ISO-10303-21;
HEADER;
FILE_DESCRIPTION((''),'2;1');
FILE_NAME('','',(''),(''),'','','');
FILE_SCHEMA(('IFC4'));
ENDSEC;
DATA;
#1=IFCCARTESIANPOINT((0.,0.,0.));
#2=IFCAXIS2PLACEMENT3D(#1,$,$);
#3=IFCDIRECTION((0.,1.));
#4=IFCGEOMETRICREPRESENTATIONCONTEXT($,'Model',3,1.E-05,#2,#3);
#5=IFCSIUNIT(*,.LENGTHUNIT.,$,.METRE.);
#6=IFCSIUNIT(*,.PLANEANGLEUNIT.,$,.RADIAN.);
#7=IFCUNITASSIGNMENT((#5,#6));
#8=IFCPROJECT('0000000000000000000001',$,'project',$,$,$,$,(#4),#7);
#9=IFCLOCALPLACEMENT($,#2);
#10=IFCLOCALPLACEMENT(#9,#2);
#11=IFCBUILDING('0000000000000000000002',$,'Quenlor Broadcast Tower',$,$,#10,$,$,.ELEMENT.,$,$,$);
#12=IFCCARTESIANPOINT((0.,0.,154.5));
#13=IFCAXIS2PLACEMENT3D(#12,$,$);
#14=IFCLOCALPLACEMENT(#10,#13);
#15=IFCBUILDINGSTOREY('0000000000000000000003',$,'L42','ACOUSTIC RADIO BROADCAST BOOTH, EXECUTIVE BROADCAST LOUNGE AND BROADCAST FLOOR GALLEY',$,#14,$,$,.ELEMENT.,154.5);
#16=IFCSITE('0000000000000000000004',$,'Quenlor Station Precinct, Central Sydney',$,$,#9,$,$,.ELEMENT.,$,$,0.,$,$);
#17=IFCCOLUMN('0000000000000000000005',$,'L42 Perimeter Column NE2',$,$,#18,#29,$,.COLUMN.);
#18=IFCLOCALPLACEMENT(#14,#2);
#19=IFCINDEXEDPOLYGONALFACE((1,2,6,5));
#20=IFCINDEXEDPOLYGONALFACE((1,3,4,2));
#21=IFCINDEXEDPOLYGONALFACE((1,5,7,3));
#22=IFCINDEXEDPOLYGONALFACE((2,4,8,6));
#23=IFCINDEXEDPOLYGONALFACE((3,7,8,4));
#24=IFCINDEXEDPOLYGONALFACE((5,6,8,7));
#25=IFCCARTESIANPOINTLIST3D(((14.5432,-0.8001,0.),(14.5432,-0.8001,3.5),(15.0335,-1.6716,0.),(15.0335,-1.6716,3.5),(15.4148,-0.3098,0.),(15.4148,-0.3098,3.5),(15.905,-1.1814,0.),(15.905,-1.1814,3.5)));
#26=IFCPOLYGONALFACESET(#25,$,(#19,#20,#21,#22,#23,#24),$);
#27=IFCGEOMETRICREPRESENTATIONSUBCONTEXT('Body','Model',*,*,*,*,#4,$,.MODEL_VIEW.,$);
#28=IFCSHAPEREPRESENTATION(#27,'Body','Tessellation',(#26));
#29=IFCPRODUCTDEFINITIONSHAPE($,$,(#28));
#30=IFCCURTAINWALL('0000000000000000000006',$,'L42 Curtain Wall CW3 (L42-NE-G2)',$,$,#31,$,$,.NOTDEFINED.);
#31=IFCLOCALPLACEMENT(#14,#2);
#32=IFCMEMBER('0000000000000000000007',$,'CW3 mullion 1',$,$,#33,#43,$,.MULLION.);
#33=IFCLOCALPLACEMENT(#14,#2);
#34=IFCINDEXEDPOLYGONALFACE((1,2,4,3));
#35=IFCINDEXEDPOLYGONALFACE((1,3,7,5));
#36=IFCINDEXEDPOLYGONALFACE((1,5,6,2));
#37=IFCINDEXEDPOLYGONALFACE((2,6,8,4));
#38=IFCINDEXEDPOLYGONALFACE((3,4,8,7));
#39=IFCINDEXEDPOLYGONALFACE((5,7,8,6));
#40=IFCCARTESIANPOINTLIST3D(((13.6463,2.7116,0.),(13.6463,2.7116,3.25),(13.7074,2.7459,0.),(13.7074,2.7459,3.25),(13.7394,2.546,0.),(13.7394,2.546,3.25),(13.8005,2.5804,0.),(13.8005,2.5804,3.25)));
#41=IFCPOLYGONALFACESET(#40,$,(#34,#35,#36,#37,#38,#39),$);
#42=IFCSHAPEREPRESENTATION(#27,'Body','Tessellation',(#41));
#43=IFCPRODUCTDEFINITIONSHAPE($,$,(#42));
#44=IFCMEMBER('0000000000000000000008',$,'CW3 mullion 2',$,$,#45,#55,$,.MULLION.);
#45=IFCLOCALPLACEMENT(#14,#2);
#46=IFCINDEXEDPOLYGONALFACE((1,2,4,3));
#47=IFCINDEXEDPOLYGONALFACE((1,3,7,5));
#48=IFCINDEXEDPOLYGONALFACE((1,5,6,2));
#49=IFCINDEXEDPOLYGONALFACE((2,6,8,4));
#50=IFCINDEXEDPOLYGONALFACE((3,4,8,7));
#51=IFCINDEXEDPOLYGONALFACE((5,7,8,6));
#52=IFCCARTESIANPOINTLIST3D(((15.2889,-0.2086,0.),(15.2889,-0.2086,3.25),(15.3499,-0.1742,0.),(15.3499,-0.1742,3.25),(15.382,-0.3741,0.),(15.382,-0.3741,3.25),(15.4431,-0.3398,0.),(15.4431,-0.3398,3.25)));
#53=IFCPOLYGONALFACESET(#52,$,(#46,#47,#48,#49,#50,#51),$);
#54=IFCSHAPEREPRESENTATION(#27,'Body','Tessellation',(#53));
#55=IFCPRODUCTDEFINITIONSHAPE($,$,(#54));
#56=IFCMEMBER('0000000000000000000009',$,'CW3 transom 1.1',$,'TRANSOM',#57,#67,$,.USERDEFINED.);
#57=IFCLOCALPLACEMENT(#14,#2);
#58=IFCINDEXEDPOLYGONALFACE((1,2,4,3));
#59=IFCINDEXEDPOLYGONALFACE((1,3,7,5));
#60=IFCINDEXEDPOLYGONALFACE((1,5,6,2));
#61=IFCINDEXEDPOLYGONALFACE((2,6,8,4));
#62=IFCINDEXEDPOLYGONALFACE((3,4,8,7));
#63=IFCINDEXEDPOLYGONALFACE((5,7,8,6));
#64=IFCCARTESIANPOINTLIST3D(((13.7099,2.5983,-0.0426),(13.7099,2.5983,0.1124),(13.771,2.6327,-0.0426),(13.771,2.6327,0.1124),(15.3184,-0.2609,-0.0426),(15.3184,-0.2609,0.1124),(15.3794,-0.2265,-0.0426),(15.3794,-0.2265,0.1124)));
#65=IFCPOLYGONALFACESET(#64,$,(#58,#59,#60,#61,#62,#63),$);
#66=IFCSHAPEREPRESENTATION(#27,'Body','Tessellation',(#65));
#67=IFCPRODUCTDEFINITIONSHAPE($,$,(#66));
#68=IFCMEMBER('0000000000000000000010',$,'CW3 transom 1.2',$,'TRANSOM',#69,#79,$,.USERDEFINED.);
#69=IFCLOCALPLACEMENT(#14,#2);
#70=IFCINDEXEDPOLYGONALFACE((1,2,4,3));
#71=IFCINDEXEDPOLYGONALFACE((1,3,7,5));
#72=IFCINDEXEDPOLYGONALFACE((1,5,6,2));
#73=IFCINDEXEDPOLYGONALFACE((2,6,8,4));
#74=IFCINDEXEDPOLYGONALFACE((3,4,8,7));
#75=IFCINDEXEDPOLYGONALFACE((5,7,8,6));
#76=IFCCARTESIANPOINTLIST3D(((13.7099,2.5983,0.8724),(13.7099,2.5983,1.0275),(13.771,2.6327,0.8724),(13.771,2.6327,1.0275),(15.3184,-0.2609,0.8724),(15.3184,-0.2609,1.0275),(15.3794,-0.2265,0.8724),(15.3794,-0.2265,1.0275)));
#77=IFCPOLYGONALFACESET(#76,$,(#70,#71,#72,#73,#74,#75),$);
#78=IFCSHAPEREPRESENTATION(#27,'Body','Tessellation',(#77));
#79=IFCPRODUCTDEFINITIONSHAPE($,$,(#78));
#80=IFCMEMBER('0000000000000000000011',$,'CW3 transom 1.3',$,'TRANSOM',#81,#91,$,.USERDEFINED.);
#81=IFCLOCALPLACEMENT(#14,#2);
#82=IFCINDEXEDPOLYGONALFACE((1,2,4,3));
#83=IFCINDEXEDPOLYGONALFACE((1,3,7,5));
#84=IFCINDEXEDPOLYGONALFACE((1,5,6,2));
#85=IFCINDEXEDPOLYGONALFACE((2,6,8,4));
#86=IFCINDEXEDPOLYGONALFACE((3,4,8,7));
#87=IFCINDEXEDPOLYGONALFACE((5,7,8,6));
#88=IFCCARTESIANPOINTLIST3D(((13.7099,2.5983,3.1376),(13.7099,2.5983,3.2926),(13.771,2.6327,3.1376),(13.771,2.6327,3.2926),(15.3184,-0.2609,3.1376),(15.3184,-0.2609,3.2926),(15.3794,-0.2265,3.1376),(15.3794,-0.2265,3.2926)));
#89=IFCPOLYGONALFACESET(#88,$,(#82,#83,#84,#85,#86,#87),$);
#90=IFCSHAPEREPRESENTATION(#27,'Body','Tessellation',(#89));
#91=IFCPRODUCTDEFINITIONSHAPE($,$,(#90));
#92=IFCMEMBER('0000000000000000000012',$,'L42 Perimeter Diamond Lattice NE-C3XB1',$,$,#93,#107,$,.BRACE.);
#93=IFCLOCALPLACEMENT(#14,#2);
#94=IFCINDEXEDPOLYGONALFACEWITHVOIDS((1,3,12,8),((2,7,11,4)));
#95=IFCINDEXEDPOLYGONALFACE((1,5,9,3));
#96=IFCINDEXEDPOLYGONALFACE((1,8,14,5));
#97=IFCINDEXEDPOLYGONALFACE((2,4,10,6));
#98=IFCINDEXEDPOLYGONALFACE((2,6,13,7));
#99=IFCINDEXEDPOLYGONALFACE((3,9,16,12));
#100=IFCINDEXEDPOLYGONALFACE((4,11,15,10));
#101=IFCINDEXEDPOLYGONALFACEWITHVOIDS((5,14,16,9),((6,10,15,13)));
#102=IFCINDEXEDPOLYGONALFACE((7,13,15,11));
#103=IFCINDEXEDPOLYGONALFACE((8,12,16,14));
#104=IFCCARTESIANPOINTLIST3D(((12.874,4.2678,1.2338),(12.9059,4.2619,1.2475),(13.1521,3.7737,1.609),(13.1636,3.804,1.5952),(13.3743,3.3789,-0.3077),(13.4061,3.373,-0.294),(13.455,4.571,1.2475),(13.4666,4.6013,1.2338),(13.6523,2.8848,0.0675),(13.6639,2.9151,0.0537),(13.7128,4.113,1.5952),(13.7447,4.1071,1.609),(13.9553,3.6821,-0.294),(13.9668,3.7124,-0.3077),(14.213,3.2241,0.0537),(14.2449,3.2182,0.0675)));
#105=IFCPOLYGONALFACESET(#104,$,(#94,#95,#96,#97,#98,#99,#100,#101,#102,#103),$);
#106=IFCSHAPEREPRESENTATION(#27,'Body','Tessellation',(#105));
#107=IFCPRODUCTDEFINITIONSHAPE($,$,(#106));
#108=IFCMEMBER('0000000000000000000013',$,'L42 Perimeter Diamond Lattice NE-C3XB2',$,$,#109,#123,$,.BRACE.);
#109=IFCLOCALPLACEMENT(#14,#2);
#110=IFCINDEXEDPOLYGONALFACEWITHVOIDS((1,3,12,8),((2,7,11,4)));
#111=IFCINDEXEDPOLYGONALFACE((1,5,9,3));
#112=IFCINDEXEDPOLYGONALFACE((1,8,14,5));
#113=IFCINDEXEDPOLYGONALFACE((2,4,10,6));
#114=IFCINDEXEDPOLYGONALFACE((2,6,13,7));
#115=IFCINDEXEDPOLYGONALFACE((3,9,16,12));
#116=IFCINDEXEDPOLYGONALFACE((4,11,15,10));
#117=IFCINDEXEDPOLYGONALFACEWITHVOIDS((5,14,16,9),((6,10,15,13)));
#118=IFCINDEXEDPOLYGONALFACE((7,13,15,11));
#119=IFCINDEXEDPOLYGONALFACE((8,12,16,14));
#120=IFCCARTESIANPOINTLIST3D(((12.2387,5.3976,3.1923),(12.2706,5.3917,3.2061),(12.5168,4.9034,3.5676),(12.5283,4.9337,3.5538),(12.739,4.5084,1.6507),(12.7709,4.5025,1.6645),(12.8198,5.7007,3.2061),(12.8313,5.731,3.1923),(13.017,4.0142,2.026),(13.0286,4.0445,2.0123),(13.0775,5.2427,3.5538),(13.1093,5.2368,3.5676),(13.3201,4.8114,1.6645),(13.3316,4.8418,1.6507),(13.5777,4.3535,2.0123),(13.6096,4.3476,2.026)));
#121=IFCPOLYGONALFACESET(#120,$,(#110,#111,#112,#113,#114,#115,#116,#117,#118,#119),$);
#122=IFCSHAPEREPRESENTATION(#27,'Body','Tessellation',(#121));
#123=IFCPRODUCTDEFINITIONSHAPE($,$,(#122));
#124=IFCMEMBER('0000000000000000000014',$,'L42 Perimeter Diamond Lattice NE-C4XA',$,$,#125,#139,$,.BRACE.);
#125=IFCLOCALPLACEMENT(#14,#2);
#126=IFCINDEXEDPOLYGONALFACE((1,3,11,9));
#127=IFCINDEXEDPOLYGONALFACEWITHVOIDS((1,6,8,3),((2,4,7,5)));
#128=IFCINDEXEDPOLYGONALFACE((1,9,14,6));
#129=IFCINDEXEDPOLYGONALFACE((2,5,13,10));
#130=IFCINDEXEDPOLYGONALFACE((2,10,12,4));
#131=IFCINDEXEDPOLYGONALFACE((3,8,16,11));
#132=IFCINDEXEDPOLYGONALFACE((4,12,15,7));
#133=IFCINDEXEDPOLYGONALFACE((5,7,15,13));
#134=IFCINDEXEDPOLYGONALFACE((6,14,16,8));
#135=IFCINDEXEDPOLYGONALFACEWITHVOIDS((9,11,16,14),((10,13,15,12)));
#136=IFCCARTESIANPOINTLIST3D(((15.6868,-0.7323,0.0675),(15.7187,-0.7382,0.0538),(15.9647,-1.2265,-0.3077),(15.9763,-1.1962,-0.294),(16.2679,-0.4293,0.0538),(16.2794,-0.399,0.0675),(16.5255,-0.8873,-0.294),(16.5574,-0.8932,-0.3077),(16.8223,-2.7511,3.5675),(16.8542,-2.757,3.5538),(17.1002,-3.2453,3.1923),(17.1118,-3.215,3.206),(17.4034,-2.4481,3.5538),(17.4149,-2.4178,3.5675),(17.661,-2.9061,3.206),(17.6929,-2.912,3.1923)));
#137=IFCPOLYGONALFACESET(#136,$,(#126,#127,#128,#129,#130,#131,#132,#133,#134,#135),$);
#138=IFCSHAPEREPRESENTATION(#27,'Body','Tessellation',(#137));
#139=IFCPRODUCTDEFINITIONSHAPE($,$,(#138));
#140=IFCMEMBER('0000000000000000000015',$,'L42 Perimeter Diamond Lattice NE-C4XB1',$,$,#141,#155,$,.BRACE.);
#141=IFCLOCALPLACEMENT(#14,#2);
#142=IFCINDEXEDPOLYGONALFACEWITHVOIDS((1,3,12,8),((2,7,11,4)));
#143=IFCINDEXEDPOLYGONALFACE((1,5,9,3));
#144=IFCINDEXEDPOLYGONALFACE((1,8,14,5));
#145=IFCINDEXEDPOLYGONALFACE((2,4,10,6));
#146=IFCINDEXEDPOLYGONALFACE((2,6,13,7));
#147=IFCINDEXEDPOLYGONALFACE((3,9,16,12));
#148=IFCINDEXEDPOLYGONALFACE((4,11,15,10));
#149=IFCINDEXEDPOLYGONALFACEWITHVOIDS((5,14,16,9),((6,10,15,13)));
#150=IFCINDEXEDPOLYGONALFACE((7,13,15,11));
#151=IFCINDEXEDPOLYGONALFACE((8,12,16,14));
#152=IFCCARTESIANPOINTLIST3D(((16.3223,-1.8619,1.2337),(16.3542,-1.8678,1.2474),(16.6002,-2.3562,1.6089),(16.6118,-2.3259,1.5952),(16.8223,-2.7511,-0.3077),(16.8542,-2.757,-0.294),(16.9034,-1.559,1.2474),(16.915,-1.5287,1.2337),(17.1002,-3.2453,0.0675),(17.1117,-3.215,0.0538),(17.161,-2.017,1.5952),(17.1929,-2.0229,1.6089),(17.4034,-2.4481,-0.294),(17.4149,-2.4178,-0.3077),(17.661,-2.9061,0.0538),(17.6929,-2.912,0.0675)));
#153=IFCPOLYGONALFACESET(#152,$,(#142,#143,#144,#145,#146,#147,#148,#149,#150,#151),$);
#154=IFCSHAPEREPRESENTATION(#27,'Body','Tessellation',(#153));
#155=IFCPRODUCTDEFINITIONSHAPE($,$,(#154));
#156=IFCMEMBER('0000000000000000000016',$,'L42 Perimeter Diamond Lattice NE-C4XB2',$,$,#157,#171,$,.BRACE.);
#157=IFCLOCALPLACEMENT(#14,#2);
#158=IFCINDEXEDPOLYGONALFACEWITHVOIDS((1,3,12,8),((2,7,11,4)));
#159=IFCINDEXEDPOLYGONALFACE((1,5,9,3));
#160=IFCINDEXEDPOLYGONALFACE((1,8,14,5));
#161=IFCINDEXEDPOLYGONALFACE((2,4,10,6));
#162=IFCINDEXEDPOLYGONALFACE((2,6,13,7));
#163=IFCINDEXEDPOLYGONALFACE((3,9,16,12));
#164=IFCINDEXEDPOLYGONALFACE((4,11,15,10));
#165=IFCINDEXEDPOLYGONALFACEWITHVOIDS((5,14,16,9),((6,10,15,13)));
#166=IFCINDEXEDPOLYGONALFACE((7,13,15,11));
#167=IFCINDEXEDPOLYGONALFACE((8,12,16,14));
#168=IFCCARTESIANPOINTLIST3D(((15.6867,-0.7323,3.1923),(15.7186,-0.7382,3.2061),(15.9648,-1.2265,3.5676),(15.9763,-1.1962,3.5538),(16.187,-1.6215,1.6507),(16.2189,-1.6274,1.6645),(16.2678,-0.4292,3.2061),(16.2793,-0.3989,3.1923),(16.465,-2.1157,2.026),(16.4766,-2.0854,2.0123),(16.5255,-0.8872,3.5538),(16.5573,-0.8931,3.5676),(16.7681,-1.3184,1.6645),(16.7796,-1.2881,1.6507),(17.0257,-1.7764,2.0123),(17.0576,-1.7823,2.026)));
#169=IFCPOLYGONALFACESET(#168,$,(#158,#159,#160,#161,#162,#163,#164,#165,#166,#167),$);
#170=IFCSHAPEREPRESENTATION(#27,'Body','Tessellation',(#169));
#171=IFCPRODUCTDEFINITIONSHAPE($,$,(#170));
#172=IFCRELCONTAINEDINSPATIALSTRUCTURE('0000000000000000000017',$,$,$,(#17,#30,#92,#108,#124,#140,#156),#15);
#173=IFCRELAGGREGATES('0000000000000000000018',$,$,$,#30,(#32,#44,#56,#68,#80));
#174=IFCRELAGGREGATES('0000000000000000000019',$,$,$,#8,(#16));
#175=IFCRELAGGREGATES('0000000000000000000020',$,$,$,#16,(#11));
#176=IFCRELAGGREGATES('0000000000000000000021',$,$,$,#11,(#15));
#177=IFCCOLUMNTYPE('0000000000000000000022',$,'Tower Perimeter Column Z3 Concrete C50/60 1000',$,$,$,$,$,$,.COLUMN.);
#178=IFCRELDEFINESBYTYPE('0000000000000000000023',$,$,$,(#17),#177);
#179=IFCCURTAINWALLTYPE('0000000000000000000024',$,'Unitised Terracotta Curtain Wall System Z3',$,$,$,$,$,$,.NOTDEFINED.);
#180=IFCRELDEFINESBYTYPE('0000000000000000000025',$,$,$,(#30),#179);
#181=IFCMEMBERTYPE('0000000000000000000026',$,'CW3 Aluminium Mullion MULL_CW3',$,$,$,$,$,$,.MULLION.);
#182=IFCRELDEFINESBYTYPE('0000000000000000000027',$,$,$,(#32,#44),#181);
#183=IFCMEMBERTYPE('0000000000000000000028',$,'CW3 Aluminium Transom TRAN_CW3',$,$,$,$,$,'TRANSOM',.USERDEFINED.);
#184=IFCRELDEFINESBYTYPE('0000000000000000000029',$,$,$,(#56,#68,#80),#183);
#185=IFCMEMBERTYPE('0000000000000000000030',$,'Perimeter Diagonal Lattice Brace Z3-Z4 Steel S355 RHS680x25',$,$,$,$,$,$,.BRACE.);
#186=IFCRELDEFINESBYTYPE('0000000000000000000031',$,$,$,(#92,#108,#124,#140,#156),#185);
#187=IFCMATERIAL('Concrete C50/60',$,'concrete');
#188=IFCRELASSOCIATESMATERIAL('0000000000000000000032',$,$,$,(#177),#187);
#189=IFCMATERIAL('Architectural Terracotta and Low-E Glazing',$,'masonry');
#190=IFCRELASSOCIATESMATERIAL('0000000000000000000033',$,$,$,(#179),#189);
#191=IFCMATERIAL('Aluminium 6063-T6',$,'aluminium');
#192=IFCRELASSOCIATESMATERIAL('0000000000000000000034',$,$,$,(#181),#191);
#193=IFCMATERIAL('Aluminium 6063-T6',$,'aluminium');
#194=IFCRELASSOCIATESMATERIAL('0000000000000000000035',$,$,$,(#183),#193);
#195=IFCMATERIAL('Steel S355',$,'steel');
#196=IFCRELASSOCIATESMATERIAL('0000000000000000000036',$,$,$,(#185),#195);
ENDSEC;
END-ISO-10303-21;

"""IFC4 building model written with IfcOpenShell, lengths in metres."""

from ifc_helpers import new_model, si_unit, direction, frame, origin, origin_2d, place, context, subcontext, project, spatial, rectangle, hollow_rectangle, extrude, material, material_profile, profile_set, type_object, element, aggregate, save


model = new_model("IFC4")

# Units and contexts
model_context = context("Model", 3, precision=1e-05, world=origin(), true_north=direction((0.0, 1.0)))
body_context = subcontext(model_context, "Body", "Model", "MODEL_VIEW")
ifc_project = project(units=[si_unit("LENGTHUNIT", "METRE"), si_unit("PLANEANGLEUNIT", "RADIAN")], contexts=[model_context])

# Site, building, storey
site_placement = place(None, origin())
site = spatial("IfcSite", under=ifc_project, at=site_placement, Name="Quenlor Station Precinct, Central Sydney", CompositionType="ELEMENT", RefElevation=0.0)
building_placement = place(site_placement, origin())
building = spatial("IfcBuilding", under=site, at=building_placement, Name="Quenlor Broadcast Tower", CompositionType="ELEMENT")
storey_placement = place(building_placement, frame((0.0, 0.0, 154.5)))
storey = spatial("IfcBuildingStorey", under=building, at=storey_placement, Name="L42", Description="ACOUSTIC RADIO BROADCAST BOOTH, EXECUTIVE BROADCAST LOUNGE AND BROADCAST FLOOR GALLEY", CompositionType="ELEMENT", Elevation=154.5)

# Column
ifc_material_1 = material(Name="Concrete C50/60", Category="concrete")
ifc_material_profile_1 = material_profile(ifc_material_1, rectangle(XDim=1.0, YDim=1.0, at=origin_2d()))
ifc_profile_set_1 = profile_set([ifc_material_profile_1], Name="Concrete C50/60 RC1000x1000")
column_type = type_object("IfcColumnType", Name="Tower Perimeter Column Z3 Concrete C50/60 1000", PredefinedType="COLUMN", material=ifc_profile_set_1)
column_placement = place(storey_placement, frame((15.2241, -0.9907, 0.0), z_axis=(0.0, 0.0, 1.0), x_axis=(0.871575, 0.490262, 0.0)))
element("IfcColumn", 1, at=column_placement, inside=storey, type_object=column_type, Name="L42 Perimeter Column NE2", PredefinedType="COLUMN", context=body_context, shape_type="SweptSolid", body=[
    extrude(rectangle(XDim=1.0, YDim=1.0, at=origin_2d()), origin(), (0.0, 0.0, 1.0), 3.5),
])

# Curtain wall, members
ifc_material_2 = material(Name="Architectural Terracotta and Low-E Glazing", Category="masonry")
curtain_wall_type = type_object("IfcCurtainWallType", Name="Unitised Terracotta Curtain Wall System Z3", PredefinedType="NOTDEFINED", material=ifc_material_2)
curtain_wall_placement = place(storey_placement, origin())
curtain_wall = element("IfcCurtainWall", 2, at=curtain_wall_placement, inside=storey, type_object=curtain_wall_type, Name="L42 Curtain Wall CW3 (L42-NE-G2)", PredefinedType="NOTDEFINED")
ifc_material_3 = material(Name="Aluminium 6063-T6", Category="aluminium")
ifc_material_profile_2 = material_profile(ifc_material_3, rectangle(XDim=0.0701, YDim=0.1899, at=origin_2d()))
ifc_profile_set_2 = profile_set([ifc_material_profile_2], Name="Aluminium 6063-T6 MULL70x190")
member_type_1 = type_object("IfcMemberType", Name="CW3 Aluminium Mullion MULL_CW3", PredefinedType="MULLION", material=ifc_profile_set_2)
member_1_placement = place(storey_placement, frame((13.7234, 2.646, 0.0), z_axis=(0.0, 0.0, 1.0), x_axis=(0.871572, 0.490268, 0.0)))
member_1 = element("IfcMember", 3, at=member_1_placement, type_object=member_type_1, Name="CW3 mullion 1", PredefinedType="MULLION", context=body_context, shape_type="SweptSolid", body=[
    extrude(rectangle(XDim=0.0701, YDim=0.1899, at=origin_2d()), origin(), (0.0, 0.0, 1.0), 3.25),
])
member_2_placement = place(storey_placement, frame((15.366, -0.2742, 0.0), z_axis=(0.0, 0.0, 1.0), x_axis=(0.871572, 0.490268, 0.0)))
member_2 = element("IfcMember", 4, at=member_2_placement, type_object=member_type_1, Name="CW3 mullion 2", PredefinedType="MULLION", context=body_context, shape_type="SweptSolid", body=[
    extrude(rectangle(XDim=0.0701, YDim=0.1899, at=origin_2d()), origin(), (0.0, 0.0, 1.0), 3.25),
])
ifc_material_4 = material(Name="Aluminium 6063-T6", Category="aluminium")
ifc_material_profile_3 = material_profile(ifc_material_4, rectangle(XDim=0.0701, YDim=0.155, at=origin_2d()))
ifc_profile_set_3 = profile_set([ifc_material_profile_3], Name="Aluminium 6063-T6 TRAN70x155")
member_type_2 = type_object("IfcMemberType", Name="CW3 Aluminium Transom TRAN_CW3", ElementType="TRANSOM", PredefinedType="USERDEFINED", material=ifc_profile_set_3)
member_3_placement = place(storey_placement, frame((13.7405, 2.6155, 0.0349), z_axis=(0.490293, -0.871558, 0.0), x_axis=(0.871558, 0.490293, 0.0)))
member_3 = element("IfcMember", 5, at=member_3_placement, type_object=member_type_2, Name="CW3 transom 1.1", ObjectType="TRANSOM", PredefinedType="USERDEFINED", context=body_context, shape_type="SweptSolid", body=[
    extrude(rectangle(XDim=0.0701, YDim=0.155, at=origin_2d()), origin(), (0.0, 0.0, 1.0), 3.2805),
])
member_4_placement = place(storey_placement, frame((13.7405, 2.6155, 0.95), z_axis=(0.490293, -0.871558, 0.0), x_axis=(0.871558, 0.490293, 0.0)))
member_4 = element("IfcMember", 6, at=member_4_placement, type_object=member_type_2, Name="CW3 transom 1.2", ObjectType="TRANSOM", PredefinedType="USERDEFINED", context=body_context, shape_type="SweptSolid", body=[
    extrude(rectangle(XDim=0.0701, YDim=0.155, at=origin_2d()), origin(), (0.0, 0.0, 1.0), 3.2805),
])
member_5_placement = place(storey_placement, frame((13.7405, 2.6155, 3.2151), z_axis=(0.490293, -0.871558, 0.0), x_axis=(0.871558, 0.490293, 0.0)))
member_5 = element("IfcMember", 7, at=member_5_placement, type_object=member_type_2, Name="CW3 transom 1.3", ObjectType="TRANSOM", PredefinedType="USERDEFINED", context=body_context, shape_type="SweptSolid", body=[
    extrude(rectangle(XDim=0.0701, YDim=0.155, at=origin_2d()), origin(), (0.0, 0.0, 1.0), 3.2805),
])

# Members
ifc_material_5 = material(Name="Steel S355", Category="steel")
ifc_material_profile_4 = material_profile(ifc_material_5, hollow_rectangle(XDim=0.6799, YDim=0.6799, WallThickness=0.0249, at=origin_2d()))
ifc_profile_set_4 = profile_set([ifc_material_profile_4], Name="Steel S355 RHS680x680x25")
member_type_3 = type_object("IfcMemberType", Name="Perimeter Diagonal Lattice Brace Z3-Z4 Steel S355 RHS680x25", PredefinedType="BRACE", material=ifc_profile_set_4)
member_6_placement = place(storey_placement, frame((13.8096, 3.2986, -0.1201), z_axis=(-0.270634, 0.480906, 0.833958), x_axis=(-0.87148, -0.490432, 0.0)))
element("IfcMember", 8, at=member_6_placement, inside=storey, type_object=member_type_3, Name="L42 Perimeter Diamond Lattice NE-C3XB1", PredefinedType="BRACE", context=body_context, shape_type="SweptSolid", body=[
    extrude(hollow_rectangle(XDim=0.6799, YDim=0.6799, WallThickness=0.0249, at=origin_2d()), origin(), (0.0, 0.0, 1.0), 1.8484),
])
member_7_placement = place(storey_placement, frame((13.1743, 4.428, 1.8384), z_axis=(-0.270616, 0.481008, 0.833905), x_axis=(-0.871537, -0.490329, 0.0)))
element("IfcMember", 9, at=member_7_placement, inside=storey, type_object=member_type_3, Name="L42 Perimeter Diamond Lattice NE-C3XB2", PredefinedType="BRACE", context=body_context, shape_type="SweptSolid", body=[
    extrude(hollow_rectangle(XDim=0.6799, YDim=0.6799, WallThickness=0.0249, at=origin_2d()), origin(), (0.0, 0.0, 1.0), 1.8486),
])
member_8_placement = place(storey_placement, frame((16.1221, -0.8127, -0.1201), z_axis=(0.270549, -0.481009, 0.833927), x_axis=(0.87159, 0.490236, 0.0)))
element("IfcMember", 10, at=member_8_placement, inside=storey, type_object=member_type_3, Name="L42 Perimeter Diamond Lattice NE-C4XA", PredefinedType="BRACE", context=body_context, shape_type="SweptSolid", body=[
    extrude(hollow_rectangle(XDim=0.6799, YDim=0.6799, WallThickness=0.0249, at=origin_2d()), origin(), (0.0, 0.0, 1.0), 4.197),
])
member_9_placement = place(storey_placement, frame((17.2576, -2.8315, -0.1201), z_axis=(-0.270494, 0.481025, 0.833935), x_axis=(-0.871639, -0.490148, 0.0)))
element("IfcMember", 11, at=member_9_placement, inside=storey, type_object=member_type_3, Name="L42 Perimeter Diamond Lattice NE-C4XB1", PredefinedType="BRACE", context=body_context, shape_type="SweptSolid", body=[
    extrude(hollow_rectangle(XDim=0.6799, YDim=0.6799, WallThickness=0.0249, at=origin_2d()), origin(), (0.0, 0.0, 1.0), 1.8484),
])
member_10_placement = place(storey_placement, frame((16.6223, -1.7019, 1.8384), z_axis=(-0.270616, 0.481008, 0.833905), x_axis=(-0.871537, -0.490329, 0.0)))
element("IfcMember", 12, at=member_10_placement, inside=storey, type_object=member_type_3, Name="L42 Perimeter Diamond Lattice NE-C4XB2", PredefinedType="BRACE", context=body_context, shape_type="SweptSolid", body=[
    extrude(hollow_rectangle(XDim=0.6799, YDim=0.6799, WallThickness=0.0249, at=origin_2d()), origin(), (0.0, 0.0, 1.0), 1.8486),
])

aggregate(curtain_wall, [member_1, member_2, member_3, member_4, member_5])

save(model, "model.ifc")
